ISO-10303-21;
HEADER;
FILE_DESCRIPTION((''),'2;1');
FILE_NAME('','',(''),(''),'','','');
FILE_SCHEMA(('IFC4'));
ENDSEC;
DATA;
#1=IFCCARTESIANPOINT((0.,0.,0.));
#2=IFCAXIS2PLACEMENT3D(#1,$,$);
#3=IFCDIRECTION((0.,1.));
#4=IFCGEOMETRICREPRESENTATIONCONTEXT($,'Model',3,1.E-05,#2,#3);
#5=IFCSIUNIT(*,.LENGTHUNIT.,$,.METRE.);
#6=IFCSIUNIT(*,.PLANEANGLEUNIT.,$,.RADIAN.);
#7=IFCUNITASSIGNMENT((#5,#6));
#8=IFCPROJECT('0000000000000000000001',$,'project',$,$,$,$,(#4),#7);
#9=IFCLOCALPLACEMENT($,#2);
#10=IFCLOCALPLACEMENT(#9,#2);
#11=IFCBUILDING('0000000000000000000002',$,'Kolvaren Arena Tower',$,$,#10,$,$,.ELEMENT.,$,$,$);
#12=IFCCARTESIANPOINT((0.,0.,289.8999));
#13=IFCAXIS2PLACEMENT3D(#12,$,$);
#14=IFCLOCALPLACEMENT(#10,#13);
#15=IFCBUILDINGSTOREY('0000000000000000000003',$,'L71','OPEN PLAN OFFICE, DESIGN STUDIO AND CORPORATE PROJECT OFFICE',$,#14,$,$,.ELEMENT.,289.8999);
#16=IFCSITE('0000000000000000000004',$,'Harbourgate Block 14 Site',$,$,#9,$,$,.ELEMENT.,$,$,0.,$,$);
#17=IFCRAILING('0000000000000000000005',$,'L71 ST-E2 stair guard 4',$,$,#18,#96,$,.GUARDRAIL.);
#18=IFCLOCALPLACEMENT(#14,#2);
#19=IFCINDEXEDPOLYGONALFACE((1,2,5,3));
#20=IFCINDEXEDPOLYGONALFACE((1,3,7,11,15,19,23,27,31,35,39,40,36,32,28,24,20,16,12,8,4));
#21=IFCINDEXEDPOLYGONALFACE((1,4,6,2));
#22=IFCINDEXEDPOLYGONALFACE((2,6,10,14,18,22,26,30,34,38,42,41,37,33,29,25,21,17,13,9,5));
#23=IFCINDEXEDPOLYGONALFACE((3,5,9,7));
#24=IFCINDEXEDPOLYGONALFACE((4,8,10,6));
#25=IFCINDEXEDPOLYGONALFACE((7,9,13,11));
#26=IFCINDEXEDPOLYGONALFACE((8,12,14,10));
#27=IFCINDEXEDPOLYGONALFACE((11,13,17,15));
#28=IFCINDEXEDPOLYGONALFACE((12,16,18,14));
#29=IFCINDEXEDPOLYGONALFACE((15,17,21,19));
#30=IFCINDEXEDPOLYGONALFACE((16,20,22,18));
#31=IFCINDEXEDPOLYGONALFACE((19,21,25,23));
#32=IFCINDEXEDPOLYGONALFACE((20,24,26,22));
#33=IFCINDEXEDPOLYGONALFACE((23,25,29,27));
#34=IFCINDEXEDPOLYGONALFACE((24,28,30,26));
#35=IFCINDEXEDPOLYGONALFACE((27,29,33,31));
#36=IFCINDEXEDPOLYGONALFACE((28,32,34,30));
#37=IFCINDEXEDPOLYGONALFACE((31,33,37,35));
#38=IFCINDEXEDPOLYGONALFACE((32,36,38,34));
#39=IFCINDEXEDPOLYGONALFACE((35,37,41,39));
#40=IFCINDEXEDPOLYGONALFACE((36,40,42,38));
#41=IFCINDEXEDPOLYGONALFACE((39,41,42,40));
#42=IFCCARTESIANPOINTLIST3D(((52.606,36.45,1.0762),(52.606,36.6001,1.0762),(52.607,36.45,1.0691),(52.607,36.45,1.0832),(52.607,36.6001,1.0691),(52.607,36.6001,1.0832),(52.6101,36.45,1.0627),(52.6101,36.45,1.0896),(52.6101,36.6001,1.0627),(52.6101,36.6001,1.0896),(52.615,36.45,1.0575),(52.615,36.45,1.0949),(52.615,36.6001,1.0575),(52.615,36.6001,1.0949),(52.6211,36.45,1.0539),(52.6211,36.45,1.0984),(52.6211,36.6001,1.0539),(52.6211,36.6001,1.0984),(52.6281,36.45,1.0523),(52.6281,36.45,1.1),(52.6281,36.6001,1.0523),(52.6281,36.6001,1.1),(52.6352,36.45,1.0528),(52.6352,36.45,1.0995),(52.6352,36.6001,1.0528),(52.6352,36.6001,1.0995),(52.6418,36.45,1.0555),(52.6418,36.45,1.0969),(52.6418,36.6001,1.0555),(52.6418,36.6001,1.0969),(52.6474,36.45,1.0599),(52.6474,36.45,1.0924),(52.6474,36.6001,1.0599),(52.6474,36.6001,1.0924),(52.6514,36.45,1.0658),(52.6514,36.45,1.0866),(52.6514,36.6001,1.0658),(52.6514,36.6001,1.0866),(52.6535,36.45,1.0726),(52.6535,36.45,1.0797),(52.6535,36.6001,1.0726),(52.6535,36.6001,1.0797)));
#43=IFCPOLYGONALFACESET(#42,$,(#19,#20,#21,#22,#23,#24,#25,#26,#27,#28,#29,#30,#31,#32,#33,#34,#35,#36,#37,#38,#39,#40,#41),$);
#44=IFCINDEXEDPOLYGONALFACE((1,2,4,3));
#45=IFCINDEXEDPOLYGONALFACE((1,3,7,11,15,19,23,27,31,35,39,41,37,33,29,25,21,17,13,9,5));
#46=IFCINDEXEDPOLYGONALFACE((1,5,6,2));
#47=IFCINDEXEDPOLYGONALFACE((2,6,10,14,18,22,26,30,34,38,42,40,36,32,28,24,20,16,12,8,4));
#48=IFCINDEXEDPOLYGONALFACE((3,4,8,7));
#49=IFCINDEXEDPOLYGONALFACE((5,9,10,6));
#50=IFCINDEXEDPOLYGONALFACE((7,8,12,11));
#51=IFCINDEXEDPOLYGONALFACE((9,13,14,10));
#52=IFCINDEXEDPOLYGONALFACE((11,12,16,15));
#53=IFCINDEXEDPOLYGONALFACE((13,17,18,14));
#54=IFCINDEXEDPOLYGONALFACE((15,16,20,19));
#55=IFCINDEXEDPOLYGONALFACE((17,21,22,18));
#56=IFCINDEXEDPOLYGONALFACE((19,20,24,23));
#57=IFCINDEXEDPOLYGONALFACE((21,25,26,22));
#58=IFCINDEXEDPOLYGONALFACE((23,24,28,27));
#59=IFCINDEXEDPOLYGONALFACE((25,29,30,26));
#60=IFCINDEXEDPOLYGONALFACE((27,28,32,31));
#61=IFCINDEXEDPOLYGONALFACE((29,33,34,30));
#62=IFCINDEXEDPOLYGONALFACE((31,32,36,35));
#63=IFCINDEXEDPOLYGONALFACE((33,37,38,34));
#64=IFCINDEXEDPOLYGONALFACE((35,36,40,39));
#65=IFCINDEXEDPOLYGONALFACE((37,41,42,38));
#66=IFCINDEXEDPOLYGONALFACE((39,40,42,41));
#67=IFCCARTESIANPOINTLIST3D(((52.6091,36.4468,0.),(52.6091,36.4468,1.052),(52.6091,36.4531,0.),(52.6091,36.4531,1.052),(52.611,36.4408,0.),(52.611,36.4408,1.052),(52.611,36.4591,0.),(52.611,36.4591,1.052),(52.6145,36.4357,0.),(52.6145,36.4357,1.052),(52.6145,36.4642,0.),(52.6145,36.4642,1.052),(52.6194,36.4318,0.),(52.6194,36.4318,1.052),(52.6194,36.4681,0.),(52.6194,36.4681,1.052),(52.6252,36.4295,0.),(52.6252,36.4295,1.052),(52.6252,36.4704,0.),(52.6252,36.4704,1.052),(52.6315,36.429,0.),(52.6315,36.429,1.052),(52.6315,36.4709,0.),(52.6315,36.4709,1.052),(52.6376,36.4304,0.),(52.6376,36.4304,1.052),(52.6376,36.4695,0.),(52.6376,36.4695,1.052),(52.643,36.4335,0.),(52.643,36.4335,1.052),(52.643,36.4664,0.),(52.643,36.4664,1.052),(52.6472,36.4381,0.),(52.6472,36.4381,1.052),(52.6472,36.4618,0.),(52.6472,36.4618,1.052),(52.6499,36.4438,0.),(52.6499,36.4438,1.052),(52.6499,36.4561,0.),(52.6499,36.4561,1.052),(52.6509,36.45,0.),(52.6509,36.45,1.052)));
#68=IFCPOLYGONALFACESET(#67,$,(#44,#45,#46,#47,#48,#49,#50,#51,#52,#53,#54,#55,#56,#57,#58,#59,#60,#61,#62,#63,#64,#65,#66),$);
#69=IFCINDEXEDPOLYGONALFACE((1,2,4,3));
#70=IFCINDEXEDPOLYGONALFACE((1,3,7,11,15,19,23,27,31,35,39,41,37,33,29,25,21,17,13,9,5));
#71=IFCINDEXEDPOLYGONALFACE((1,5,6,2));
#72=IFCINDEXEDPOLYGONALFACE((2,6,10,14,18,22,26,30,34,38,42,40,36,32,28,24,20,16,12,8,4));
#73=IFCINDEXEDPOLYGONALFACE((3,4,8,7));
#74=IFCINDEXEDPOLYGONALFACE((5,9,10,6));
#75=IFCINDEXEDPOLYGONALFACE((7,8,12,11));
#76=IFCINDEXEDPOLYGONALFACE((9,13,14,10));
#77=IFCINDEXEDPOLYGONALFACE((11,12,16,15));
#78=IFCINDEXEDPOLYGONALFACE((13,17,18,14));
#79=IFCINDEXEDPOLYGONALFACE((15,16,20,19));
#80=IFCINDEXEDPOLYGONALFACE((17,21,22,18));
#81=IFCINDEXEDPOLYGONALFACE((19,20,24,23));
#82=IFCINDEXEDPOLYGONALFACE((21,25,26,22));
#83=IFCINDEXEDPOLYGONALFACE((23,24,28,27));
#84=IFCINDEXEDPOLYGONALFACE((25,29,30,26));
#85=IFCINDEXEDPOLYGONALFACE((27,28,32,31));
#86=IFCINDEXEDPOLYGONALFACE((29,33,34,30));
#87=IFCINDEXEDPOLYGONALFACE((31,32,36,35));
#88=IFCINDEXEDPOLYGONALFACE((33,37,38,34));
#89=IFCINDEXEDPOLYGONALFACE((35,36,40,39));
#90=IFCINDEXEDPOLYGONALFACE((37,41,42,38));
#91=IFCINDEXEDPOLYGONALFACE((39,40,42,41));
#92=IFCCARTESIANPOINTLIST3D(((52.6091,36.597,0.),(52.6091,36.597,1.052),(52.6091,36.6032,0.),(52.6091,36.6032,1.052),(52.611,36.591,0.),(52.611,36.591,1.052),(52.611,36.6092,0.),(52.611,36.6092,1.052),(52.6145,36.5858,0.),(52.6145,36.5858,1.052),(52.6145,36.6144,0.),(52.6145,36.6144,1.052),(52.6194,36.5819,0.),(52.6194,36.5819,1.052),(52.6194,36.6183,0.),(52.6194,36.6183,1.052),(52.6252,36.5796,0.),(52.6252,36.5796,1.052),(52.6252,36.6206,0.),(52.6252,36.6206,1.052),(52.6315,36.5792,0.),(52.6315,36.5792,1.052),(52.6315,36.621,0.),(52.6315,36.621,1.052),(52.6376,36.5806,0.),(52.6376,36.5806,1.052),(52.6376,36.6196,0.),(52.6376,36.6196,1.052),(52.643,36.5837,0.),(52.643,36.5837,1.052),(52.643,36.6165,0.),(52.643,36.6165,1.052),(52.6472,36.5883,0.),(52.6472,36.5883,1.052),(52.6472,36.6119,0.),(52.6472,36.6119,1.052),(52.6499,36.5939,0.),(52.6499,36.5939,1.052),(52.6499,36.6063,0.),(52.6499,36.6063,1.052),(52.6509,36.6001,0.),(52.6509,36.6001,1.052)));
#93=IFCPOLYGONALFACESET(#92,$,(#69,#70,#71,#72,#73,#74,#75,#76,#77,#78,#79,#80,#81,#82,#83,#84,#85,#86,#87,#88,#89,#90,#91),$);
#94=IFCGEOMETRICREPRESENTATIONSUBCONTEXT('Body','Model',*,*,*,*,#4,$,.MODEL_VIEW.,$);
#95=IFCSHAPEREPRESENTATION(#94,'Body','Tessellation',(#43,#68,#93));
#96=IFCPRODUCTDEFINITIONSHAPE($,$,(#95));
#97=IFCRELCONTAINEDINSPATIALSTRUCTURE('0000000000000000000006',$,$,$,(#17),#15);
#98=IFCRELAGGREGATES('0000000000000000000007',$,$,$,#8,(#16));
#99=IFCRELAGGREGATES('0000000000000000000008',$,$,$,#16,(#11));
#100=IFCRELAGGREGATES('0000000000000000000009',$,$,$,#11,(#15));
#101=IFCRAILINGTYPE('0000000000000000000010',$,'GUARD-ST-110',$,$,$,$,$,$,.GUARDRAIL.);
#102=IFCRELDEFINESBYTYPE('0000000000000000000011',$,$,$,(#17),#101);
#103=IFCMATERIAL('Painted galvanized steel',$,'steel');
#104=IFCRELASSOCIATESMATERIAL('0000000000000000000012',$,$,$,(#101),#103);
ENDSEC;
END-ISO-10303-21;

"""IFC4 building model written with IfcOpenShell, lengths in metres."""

from ifc_helpers import new_model, si_unit, direction, frame, origin, origin_2d, place, context, subcontext, project, spatial, circle, extrude, material, type_object, element, save


model = new_model("IFC4")

# Units and contexts
model_context = context("Model", 3, precision=1e-05, world=origin(), true_north=direction((0.0, 1.0)))
body_context = subcontext(model_context, "Body", "Model", "MODEL_VIEW")
ifc_project = project(units=[si_unit("LENGTHUNIT", "METRE"), si_unit("PLANEANGLEUNIT", "RADIAN")], contexts=[model_context])

# Site, building, storey
site_placement = place(None, origin())
site = spatial("IfcSite", under=ifc_project, at=site_placement, Name="Harbourgate Block 14 Site", CompositionType="ELEMENT", RefElevation=0.0)
building_placement = place(site_placement, origin())
building = spatial("IfcBuilding", under=site, at=building_placement, Name="Kolvaren Arena Tower", CompositionType="ELEMENT")
storey_placement = place(building_placement, frame((0.0, 0.0, 289.8999)))
storey = spatial("IfcBuildingStorey", under=building, at=storey_placement, Name="L71", Description="OPEN PLAN OFFICE, DESIGN STUDIO AND CORPORATE PROJECT OFFICE", CompositionType="ELEMENT", Elevation=289.8999)

# Railing
ifc_material_1 = material(Name="Painted galvanized steel", Category="steel")
railing_type_1 = type_object("IfcRailingType", Name="GUARD-ST-110", PredefinedType="GUARDRAIL", material=ifc_material_1)
railing_1_placement = place(storey_placement, frame((52.6299, 36.45, 0.0)))
element("IfcRailing", 1, at=railing_1_placement, inside=storey, type_object=railing_type_1, Name="L71 ST-E2 stair guard 4", PredefinedType="GUARDRAIL", context=body_context, shape_type="SweptSolid", body=[
    extrude(circle(Radius=0.0239, at=origin_2d()), frame((0.0, 0.0, 1.0762), z_axis=(0.0, 1.0, 0.0), x_axis=(-1.0, 0.0, 0.0)), (0.0, 0.0, 1.0), 0.1501),
    extrude(circle(Radius=0.021, at=origin_2d()), origin(), (0.0, 0.0, 1.0), 1.052),
    extrude(circle(Radius=0.021, at=origin_2d()), frame((0.0, 0.1501, 0.0)), (0.0, 0.0, 1.0), 1.052),
])

save(model, "model.ifc")
